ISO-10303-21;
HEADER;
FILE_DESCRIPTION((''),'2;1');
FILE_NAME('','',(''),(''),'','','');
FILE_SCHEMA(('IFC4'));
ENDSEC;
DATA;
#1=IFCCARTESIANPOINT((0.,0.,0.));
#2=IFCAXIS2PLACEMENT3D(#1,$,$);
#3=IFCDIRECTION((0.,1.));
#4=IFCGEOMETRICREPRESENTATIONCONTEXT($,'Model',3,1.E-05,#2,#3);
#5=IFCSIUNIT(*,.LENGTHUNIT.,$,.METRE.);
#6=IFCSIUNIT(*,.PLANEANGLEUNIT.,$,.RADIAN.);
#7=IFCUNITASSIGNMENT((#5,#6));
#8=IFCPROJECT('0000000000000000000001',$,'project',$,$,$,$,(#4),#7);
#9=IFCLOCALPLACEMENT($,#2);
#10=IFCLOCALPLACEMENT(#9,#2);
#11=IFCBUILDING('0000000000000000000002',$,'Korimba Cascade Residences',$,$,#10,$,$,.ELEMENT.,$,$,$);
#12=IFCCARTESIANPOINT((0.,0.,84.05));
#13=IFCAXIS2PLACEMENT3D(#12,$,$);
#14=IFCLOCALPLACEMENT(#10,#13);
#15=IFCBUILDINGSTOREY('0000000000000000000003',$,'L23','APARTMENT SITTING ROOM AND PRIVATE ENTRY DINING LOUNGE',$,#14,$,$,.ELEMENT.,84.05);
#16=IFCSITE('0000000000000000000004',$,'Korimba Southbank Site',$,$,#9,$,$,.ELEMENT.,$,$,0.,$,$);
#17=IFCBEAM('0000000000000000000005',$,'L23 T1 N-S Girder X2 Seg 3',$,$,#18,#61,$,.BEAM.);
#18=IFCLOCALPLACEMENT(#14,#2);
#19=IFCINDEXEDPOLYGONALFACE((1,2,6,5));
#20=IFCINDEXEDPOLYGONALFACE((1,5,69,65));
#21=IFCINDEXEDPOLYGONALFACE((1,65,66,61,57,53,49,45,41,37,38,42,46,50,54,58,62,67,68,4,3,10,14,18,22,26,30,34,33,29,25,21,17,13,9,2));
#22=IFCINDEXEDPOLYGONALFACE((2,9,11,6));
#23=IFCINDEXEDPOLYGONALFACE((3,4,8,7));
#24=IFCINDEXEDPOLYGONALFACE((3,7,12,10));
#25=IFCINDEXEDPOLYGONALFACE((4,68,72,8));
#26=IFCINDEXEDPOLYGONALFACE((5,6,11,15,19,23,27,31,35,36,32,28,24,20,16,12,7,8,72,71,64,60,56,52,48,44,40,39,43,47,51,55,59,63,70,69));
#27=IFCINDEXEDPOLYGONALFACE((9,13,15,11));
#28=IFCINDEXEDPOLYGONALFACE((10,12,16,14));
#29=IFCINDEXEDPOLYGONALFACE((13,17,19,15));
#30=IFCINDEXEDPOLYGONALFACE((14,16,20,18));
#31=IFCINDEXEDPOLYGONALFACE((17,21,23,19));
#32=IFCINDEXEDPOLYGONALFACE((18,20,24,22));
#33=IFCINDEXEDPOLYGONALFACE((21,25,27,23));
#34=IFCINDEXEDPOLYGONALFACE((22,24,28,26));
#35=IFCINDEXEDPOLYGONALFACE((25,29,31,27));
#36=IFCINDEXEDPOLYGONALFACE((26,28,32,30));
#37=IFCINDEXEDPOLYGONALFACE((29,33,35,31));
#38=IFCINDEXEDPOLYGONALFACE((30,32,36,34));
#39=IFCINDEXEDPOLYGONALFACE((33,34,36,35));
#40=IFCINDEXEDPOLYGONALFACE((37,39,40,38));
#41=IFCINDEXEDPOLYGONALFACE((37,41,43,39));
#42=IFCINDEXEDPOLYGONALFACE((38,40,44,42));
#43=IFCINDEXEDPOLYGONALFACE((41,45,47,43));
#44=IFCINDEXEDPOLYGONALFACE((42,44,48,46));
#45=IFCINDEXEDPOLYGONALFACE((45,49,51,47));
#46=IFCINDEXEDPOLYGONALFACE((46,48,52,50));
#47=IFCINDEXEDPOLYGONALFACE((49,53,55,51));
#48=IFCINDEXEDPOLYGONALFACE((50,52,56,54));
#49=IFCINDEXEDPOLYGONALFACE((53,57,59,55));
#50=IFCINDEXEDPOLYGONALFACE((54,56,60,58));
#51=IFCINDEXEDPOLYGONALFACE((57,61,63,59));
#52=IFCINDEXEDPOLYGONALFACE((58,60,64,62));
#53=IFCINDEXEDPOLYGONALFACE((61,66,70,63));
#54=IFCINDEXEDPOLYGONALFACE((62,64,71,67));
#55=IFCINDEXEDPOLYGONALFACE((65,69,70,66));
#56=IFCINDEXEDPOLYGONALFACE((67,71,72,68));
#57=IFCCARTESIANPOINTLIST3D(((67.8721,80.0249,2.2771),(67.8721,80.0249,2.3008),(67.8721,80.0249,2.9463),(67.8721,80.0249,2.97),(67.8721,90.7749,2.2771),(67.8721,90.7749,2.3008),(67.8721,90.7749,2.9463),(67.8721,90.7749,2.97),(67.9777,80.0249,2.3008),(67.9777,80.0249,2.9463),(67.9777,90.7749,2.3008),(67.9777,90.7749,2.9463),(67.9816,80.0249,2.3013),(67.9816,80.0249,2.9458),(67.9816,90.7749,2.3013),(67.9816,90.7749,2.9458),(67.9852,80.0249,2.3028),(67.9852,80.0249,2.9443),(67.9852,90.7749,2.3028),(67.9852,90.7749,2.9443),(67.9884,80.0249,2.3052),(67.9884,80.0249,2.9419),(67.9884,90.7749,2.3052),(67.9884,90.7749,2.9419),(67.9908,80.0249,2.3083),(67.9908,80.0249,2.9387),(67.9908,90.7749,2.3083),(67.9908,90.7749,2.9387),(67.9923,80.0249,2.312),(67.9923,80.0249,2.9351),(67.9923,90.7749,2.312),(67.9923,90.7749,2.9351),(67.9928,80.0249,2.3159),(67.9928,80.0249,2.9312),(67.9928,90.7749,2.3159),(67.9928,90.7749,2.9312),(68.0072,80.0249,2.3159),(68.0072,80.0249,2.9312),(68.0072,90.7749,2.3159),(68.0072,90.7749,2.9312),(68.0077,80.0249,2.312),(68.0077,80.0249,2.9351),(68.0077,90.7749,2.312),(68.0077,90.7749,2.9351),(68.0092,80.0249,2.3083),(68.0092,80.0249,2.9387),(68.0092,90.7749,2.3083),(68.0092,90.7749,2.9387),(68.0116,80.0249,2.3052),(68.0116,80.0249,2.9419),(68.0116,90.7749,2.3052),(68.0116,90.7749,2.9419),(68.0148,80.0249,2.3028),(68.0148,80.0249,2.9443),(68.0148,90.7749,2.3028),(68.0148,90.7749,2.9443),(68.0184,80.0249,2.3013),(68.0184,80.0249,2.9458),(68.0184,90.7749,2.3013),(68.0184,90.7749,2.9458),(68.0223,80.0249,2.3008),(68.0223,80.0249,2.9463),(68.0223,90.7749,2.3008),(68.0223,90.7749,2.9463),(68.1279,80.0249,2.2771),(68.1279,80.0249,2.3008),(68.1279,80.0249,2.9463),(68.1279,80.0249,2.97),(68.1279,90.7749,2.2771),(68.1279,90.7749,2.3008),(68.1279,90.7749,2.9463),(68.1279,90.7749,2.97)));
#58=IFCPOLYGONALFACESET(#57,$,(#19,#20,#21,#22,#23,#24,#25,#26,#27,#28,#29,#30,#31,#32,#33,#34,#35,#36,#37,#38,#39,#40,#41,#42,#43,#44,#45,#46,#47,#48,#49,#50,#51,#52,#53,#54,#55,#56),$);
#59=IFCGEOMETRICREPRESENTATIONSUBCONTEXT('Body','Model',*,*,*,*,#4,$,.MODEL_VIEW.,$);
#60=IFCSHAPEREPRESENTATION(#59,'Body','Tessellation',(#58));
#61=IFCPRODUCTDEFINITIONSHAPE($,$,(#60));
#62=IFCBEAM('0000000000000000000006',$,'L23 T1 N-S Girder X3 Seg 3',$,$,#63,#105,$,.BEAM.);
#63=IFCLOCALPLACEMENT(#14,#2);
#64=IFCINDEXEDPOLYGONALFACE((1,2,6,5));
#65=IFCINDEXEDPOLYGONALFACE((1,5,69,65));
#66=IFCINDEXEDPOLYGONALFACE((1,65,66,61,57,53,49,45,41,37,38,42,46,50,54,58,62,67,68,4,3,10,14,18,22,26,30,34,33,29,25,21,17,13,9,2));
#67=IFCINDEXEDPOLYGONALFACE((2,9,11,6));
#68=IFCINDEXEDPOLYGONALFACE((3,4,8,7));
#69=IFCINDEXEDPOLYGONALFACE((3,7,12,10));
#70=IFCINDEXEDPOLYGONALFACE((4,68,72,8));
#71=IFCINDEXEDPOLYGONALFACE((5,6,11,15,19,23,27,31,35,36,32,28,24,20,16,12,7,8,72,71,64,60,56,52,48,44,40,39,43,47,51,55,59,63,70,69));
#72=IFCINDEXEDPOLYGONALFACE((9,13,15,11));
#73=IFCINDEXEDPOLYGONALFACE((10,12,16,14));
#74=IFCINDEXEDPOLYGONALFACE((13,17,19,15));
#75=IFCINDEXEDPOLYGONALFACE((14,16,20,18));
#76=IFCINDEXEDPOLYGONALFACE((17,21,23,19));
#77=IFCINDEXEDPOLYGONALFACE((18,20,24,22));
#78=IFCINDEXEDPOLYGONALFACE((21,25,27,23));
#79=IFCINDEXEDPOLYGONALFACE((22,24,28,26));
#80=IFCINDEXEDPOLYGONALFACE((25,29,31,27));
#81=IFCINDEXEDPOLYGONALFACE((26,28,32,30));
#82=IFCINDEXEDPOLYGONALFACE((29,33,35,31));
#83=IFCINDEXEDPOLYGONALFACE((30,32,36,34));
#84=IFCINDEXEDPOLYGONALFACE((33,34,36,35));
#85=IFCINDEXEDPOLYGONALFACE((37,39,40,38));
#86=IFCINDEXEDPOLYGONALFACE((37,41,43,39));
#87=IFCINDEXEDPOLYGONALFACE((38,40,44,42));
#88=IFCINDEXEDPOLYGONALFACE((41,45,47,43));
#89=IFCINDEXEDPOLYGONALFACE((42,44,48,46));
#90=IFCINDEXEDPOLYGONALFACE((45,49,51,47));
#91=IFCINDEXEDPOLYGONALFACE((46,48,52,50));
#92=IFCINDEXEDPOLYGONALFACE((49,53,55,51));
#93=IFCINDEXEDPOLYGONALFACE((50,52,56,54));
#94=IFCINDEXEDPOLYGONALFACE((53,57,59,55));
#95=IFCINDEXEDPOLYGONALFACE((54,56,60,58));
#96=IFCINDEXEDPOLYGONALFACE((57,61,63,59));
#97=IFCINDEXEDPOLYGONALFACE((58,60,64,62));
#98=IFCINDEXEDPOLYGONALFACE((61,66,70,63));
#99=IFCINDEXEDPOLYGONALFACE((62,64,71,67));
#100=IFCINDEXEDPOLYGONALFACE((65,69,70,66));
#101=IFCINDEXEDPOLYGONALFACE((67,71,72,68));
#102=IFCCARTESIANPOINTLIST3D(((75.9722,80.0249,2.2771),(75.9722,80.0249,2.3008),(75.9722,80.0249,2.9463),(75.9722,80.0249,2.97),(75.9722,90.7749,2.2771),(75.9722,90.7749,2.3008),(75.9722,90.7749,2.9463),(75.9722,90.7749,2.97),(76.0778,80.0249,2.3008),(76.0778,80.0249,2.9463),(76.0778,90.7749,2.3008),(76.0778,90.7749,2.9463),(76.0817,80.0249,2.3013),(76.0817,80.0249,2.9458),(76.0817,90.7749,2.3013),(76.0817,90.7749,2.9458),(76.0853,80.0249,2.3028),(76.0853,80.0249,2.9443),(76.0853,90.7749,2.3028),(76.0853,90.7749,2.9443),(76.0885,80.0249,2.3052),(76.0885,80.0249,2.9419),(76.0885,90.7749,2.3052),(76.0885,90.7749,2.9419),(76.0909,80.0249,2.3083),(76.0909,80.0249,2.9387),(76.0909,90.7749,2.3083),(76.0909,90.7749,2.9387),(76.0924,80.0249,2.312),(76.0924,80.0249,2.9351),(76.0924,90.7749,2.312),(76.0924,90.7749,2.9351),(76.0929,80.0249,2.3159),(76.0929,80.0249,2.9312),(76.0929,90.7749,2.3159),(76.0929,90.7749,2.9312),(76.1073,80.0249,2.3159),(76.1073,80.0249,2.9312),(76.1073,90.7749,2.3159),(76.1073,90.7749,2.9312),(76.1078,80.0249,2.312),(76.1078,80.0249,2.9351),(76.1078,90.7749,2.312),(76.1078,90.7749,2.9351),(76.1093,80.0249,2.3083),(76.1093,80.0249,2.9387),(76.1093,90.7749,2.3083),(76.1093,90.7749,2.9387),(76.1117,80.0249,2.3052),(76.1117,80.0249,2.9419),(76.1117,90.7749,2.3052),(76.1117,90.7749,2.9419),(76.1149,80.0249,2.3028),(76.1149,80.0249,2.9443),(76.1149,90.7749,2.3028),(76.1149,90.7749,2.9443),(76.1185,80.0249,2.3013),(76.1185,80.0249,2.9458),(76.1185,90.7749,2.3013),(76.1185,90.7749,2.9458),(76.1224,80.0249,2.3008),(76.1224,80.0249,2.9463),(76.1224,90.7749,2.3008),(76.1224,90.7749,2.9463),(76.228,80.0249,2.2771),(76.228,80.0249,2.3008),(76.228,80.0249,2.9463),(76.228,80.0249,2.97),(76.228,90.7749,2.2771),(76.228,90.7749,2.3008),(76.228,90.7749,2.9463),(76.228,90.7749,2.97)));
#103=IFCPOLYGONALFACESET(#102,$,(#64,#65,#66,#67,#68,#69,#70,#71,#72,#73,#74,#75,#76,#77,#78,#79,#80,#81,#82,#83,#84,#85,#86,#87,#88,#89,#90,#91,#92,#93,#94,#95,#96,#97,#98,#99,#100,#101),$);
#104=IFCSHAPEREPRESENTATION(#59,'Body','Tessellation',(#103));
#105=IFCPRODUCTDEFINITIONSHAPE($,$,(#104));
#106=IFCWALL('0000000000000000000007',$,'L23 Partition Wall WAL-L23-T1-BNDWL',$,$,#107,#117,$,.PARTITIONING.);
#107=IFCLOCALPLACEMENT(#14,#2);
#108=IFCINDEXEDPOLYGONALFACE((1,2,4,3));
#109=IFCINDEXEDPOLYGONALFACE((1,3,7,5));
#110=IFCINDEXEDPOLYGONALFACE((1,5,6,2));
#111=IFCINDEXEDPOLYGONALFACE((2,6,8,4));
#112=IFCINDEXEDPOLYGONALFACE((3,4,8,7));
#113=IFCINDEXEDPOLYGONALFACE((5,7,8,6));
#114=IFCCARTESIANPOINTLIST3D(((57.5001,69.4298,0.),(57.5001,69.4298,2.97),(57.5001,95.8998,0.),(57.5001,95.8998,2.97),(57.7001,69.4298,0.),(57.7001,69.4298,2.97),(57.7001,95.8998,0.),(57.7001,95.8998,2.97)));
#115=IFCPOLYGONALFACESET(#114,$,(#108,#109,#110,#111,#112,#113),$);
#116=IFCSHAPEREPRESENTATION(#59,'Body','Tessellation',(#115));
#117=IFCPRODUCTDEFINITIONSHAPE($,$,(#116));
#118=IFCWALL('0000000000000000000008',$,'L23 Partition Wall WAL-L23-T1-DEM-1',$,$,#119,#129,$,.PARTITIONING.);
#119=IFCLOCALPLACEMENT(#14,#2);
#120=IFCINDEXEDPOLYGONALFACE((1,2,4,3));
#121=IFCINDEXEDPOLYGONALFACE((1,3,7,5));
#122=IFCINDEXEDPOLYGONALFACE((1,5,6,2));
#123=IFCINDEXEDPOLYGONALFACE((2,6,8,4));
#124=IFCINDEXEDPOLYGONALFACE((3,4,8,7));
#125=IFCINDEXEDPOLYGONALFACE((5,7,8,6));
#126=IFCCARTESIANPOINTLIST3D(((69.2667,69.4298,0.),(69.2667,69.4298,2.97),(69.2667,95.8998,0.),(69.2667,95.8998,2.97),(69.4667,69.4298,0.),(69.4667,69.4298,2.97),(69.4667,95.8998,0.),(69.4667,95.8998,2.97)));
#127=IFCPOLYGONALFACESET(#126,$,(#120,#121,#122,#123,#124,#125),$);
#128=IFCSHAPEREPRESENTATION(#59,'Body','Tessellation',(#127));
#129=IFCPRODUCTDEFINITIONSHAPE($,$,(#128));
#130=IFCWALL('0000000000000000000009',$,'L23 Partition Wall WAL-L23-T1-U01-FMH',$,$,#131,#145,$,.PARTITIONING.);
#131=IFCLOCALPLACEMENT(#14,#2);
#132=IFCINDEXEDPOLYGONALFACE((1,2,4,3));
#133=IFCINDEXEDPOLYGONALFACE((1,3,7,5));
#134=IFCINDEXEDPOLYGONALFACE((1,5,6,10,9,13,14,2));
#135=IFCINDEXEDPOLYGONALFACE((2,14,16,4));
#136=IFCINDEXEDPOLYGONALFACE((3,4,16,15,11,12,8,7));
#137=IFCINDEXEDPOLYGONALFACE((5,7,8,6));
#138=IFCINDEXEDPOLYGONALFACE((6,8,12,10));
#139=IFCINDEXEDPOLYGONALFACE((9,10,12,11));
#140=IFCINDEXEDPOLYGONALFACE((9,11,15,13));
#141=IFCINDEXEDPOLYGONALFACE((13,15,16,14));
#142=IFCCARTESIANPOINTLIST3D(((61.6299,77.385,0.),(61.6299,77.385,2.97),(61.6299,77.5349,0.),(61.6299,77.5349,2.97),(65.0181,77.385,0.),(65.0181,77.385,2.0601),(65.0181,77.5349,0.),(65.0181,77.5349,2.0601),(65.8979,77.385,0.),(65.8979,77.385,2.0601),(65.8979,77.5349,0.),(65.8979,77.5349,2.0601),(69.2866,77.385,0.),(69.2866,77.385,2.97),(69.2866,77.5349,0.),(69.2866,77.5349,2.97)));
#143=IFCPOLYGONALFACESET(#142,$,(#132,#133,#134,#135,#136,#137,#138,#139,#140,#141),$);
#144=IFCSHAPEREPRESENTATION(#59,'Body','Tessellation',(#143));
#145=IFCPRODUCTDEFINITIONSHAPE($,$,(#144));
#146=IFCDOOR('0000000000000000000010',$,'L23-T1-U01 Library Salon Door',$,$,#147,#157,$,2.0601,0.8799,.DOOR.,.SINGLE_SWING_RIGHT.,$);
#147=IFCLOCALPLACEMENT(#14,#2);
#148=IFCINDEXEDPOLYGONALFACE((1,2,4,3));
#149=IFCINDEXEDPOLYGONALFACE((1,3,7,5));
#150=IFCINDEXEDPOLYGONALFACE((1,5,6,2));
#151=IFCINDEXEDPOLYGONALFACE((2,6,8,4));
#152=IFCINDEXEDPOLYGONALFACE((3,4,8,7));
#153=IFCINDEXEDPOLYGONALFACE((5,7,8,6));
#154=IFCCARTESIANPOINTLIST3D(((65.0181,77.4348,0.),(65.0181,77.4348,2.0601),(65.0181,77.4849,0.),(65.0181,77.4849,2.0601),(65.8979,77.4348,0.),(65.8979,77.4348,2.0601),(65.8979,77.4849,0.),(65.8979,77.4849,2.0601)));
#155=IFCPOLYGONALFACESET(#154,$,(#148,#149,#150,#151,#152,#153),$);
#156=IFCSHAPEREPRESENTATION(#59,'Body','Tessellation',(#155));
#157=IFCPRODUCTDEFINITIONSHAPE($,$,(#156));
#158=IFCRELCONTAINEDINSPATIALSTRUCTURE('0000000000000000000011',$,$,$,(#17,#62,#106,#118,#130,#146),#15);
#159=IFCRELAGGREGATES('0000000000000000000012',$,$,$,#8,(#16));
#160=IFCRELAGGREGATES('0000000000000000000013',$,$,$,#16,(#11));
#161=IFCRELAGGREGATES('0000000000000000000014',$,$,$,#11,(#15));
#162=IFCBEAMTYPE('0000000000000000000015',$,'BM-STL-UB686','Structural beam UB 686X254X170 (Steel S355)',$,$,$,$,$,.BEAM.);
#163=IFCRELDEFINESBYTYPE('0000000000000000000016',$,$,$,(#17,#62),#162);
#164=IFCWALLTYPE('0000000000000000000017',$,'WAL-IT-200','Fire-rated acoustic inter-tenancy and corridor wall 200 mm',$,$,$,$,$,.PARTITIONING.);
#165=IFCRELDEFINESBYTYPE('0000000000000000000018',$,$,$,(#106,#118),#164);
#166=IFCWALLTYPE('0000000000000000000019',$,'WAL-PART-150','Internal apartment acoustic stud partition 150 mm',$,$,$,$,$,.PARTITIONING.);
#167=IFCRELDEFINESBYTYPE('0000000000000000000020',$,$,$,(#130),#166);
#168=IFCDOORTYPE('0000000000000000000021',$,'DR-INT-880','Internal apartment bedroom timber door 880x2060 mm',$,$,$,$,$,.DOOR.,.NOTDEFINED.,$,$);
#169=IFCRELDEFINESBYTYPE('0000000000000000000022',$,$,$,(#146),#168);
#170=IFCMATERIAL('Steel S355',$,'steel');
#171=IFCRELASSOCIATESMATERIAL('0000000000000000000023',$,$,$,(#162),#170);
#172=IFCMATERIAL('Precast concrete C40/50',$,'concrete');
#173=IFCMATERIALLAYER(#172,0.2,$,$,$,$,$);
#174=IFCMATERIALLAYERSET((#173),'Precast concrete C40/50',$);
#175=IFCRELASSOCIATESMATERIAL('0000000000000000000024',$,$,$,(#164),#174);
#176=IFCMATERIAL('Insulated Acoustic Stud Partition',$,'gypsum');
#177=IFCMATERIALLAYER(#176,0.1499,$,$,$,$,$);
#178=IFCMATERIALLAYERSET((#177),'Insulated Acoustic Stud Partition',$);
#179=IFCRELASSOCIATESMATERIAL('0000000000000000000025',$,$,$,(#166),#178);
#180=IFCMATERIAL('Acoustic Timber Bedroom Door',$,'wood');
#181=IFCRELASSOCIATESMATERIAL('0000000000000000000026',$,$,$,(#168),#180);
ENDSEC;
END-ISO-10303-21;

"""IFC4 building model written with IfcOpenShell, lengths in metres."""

from ifc_helpers import new_model, si_unit, direction, frame, frame_2d, origin, origin_2d, place, context, subcontext, project, spatial, rectangle, i_section, extrude, material, layer, layer_set, material_profile, profile_set, type_object, element, fill, save


model = new_model("IFC4")

# Units and contexts
model_context = context("Model", 3, precision=1e-05, world=origin(), true_north=direction((0.0, 1.0)))
body_context = subcontext(model_context, "Body", "Model", "MODEL_VIEW")
ifc_project = project(units=[si_unit("LENGTHUNIT", "METRE"), si_unit("PLANEANGLEUNIT", "RADIAN")], contexts=[model_context])

# Site, building, storey
site_placement = place(None, origin())
site = spatial("IfcSite", under=ifc_project, at=site_placement, Name="Korimba Southbank Site", CompositionType="ELEMENT", RefElevation=0.0)
building_placement = place(site_placement, origin())
building = spatial("IfcBuilding", under=site, at=building_placement, Name="Korimba Cascade Residences", CompositionType="ELEMENT")
storey_placement = place(building_placement, frame((0.0, 0.0, 84.05)))
storey = spatial("IfcBuildingStorey", under=building, at=storey_placement, Name="L23", Description="APARTMENT SITTING ROOM AND PRIVATE ENTRY DINING LOUNGE", CompositionType="ELEMENT", Elevation=84.05)

# Beams
ifc_material_1 = material(Name="Steel S355", Category="steel")
ifc_material_profile_1 = material_profile(ifc_material_1, i_section(OverallWidth=0.2559, OverallDepth=0.6929, WebThickness=0.0144, FlangeThickness=0.0237, FilletRadius=0.0151, at=origin_2d()), Name="Steel S355")
ifc_profile_set_1 = profile_set([ifc_material_profile_1], Name="Steel S355")
beam_type_1 = type_object("IfcBeamType", Name="BM-STL-UB686", Description="Structural beam UB 686X254X170 (Steel S355)", PredefinedType="BEAM", material=ifc_profile_set_1)
for number, where, z_axis, x_axis, name in (
    (1, (68.0, 80.0249, 2.6235), (0.0, 1.0, 0.0), (-1.0, 0.0, 0.0), "L23 T1 N-S Girder X2 Seg 3"),
    (2, (76.1001, 80.0249, 2.6235), (0.0, 1.0, 0.0), (-1.0, 0.0, 0.0), "L23 T1 N-S Girder X3 Seg 3"),
):
    element("IfcBeam", number, at=place(storey_placement, frame(where, z_axis=z_axis, x_axis=x_axis)), inside=storey, type_object=beam_type_1, Name=name, PredefinedType="BEAM", context=body_context, shape_type="SweptSolid", body=[
        extrude(i_section(OverallWidth=0.2559, OverallDepth=0.6929, WebThickness=0.0144, FlangeThickness=0.0237, FilletRadius=0.0151, at=origin_2d()), origin(), (0.0, 0.0, 1.0), 10.75),
    ])

# Walls
ifc_material_2 = material(Name="Precast concrete C40/50", Category="concrete")
ifc_layer_1 = layer(ifc_material_2, 0.2)
ifc_layer_set_1 = layer_set([ifc_layer_1], Name="Precast concrete C40/50")
wall_type_1 = type_object("IfcWallType", Name="WAL-IT-200", Description="Fire-rated acoustic inter-tenancy and corridor wall 200 mm", PredefinedType="PARTITIONING", material=ifc_layer_set_1)
for number, where, z_axis, x_axis, name in (
    (3, (57.6001, 69.4299, 0.0), (0.0, 0.0, 1.0), (0.0, 1.0, 0.0), "L23 Partition Wall WAL-L23-T1-BNDWL"),
    (4, (69.3667, 69.4299, 0.0), (0.0, 0.0, 1.0), (0.0, 1.0, 0.0), "L23 Partition Wall WAL-L23-T1-DEM-1"),
):
    element("IfcWall", number, at=place(storey_placement, frame(where, z_axis=z_axis, x_axis=x_axis)), inside=storey, type_object=wall_type_1, Name=name, PredefinedType="PARTITIONING", context=body_context, shape_type="SweptSolid", body=[
        extrude(rectangle(XDim=26.47, YDim=0.2, at=frame_2d((13.2349, 0.0))), origin(), (0.0, 0.0, 1.0), 2.97),
    ])

# Wall, opening, door
ifc_material_3 = material(Name="Insulated Acoustic Stud Partition", Category="gypsum")
ifc_layer_2 = layer(ifc_material_3, 0.1499)
ifc_layer_set_2 = layer_set([ifc_layer_2], Name="Insulated Acoustic Stud Partition")
wall_type_2 = type_object("IfcWallType", Name="WAL-PART-150", Description="Internal apartment acoustic stud partition 150 mm", PredefinedType="PARTITIONING", material=ifc_layer_set_2)
wall_1_placement = place(storey_placement, frame((61.6299, 77.46, 0.0), z_axis=(0.0, 0.0, 1.0), x_axis=(1.0, 0.0, 0.0)))
wall_1 = element("IfcWall", 5, at=wall_1_placement, inside=storey, type_object=wall_type_2, Name="L23 Partition Wall WAL-L23-T1-U01-FMH", PredefinedType="PARTITIONING", context=body_context, shape_type="SweptSolid", body=[
    extrude(rectangle(XDim=7.6567, YDim=0.1499, at=frame_2d((3.8284, 0.0))), origin(), (0.0, 0.0, 1.0), 2.97),
])
opening_1_placement = place(wall_1_placement, frame((3.3882, 0.0, 0.0)))
opening_1 = element("IfcOpeningElement", 6, at=opening_1_placement, cuts=wall_1, PredefinedType="OPENING", context=body_context, shape_type="SweptSolid", body=[
    extrude(rectangle(XDim=0.8799, YDim=2.0601, at=frame_2d((0.4399, 1.03))), frame((0.0, 0.085, 0.0), z_axis=(0.0, -1.0, 0.0), x_axis=(1.0, 0.0, 0.0)), (0.0, 0.0, 1.0), 0.1699),
])
ifc_material_4 = material(Name="Acoustic Timber Bedroom Door", Category="wood")
door_type_1 = type_object("IfcDoorType", Name="DR-INT-880", Description="Internal apartment bedroom timber door 880x2060 mm", OperationType="NOTDEFINED", PredefinedType="DOOR", material=ifc_material_4)
door_1_placement = place(opening_1_placement, origin())
door_1 = element("IfcDoor", 7, at=door_1_placement, inside=storey, type_object=door_type_1, Name="L23-T1-U01 Library Salon Door", OperationType="SINGLE_SWING_RIGHT", OverallHeight=2.0601, OverallWidth=0.8799, PredefinedType="DOOR", context=body_context, shape_type="SweptSolid", body=[
    extrude(rectangle(XDim=0.8799, YDim=2.0601, at=frame_2d((0.4399, 1.03))), frame((0.0, 0.0249, 0.0), z_axis=(0.0, -1.0, 0.0), x_axis=(1.0, 0.0, 0.0)), (0.0, 0.0, 1.0), 0.05),
])
fill(opening_1, door_1)

save(model, "model.ifc")
